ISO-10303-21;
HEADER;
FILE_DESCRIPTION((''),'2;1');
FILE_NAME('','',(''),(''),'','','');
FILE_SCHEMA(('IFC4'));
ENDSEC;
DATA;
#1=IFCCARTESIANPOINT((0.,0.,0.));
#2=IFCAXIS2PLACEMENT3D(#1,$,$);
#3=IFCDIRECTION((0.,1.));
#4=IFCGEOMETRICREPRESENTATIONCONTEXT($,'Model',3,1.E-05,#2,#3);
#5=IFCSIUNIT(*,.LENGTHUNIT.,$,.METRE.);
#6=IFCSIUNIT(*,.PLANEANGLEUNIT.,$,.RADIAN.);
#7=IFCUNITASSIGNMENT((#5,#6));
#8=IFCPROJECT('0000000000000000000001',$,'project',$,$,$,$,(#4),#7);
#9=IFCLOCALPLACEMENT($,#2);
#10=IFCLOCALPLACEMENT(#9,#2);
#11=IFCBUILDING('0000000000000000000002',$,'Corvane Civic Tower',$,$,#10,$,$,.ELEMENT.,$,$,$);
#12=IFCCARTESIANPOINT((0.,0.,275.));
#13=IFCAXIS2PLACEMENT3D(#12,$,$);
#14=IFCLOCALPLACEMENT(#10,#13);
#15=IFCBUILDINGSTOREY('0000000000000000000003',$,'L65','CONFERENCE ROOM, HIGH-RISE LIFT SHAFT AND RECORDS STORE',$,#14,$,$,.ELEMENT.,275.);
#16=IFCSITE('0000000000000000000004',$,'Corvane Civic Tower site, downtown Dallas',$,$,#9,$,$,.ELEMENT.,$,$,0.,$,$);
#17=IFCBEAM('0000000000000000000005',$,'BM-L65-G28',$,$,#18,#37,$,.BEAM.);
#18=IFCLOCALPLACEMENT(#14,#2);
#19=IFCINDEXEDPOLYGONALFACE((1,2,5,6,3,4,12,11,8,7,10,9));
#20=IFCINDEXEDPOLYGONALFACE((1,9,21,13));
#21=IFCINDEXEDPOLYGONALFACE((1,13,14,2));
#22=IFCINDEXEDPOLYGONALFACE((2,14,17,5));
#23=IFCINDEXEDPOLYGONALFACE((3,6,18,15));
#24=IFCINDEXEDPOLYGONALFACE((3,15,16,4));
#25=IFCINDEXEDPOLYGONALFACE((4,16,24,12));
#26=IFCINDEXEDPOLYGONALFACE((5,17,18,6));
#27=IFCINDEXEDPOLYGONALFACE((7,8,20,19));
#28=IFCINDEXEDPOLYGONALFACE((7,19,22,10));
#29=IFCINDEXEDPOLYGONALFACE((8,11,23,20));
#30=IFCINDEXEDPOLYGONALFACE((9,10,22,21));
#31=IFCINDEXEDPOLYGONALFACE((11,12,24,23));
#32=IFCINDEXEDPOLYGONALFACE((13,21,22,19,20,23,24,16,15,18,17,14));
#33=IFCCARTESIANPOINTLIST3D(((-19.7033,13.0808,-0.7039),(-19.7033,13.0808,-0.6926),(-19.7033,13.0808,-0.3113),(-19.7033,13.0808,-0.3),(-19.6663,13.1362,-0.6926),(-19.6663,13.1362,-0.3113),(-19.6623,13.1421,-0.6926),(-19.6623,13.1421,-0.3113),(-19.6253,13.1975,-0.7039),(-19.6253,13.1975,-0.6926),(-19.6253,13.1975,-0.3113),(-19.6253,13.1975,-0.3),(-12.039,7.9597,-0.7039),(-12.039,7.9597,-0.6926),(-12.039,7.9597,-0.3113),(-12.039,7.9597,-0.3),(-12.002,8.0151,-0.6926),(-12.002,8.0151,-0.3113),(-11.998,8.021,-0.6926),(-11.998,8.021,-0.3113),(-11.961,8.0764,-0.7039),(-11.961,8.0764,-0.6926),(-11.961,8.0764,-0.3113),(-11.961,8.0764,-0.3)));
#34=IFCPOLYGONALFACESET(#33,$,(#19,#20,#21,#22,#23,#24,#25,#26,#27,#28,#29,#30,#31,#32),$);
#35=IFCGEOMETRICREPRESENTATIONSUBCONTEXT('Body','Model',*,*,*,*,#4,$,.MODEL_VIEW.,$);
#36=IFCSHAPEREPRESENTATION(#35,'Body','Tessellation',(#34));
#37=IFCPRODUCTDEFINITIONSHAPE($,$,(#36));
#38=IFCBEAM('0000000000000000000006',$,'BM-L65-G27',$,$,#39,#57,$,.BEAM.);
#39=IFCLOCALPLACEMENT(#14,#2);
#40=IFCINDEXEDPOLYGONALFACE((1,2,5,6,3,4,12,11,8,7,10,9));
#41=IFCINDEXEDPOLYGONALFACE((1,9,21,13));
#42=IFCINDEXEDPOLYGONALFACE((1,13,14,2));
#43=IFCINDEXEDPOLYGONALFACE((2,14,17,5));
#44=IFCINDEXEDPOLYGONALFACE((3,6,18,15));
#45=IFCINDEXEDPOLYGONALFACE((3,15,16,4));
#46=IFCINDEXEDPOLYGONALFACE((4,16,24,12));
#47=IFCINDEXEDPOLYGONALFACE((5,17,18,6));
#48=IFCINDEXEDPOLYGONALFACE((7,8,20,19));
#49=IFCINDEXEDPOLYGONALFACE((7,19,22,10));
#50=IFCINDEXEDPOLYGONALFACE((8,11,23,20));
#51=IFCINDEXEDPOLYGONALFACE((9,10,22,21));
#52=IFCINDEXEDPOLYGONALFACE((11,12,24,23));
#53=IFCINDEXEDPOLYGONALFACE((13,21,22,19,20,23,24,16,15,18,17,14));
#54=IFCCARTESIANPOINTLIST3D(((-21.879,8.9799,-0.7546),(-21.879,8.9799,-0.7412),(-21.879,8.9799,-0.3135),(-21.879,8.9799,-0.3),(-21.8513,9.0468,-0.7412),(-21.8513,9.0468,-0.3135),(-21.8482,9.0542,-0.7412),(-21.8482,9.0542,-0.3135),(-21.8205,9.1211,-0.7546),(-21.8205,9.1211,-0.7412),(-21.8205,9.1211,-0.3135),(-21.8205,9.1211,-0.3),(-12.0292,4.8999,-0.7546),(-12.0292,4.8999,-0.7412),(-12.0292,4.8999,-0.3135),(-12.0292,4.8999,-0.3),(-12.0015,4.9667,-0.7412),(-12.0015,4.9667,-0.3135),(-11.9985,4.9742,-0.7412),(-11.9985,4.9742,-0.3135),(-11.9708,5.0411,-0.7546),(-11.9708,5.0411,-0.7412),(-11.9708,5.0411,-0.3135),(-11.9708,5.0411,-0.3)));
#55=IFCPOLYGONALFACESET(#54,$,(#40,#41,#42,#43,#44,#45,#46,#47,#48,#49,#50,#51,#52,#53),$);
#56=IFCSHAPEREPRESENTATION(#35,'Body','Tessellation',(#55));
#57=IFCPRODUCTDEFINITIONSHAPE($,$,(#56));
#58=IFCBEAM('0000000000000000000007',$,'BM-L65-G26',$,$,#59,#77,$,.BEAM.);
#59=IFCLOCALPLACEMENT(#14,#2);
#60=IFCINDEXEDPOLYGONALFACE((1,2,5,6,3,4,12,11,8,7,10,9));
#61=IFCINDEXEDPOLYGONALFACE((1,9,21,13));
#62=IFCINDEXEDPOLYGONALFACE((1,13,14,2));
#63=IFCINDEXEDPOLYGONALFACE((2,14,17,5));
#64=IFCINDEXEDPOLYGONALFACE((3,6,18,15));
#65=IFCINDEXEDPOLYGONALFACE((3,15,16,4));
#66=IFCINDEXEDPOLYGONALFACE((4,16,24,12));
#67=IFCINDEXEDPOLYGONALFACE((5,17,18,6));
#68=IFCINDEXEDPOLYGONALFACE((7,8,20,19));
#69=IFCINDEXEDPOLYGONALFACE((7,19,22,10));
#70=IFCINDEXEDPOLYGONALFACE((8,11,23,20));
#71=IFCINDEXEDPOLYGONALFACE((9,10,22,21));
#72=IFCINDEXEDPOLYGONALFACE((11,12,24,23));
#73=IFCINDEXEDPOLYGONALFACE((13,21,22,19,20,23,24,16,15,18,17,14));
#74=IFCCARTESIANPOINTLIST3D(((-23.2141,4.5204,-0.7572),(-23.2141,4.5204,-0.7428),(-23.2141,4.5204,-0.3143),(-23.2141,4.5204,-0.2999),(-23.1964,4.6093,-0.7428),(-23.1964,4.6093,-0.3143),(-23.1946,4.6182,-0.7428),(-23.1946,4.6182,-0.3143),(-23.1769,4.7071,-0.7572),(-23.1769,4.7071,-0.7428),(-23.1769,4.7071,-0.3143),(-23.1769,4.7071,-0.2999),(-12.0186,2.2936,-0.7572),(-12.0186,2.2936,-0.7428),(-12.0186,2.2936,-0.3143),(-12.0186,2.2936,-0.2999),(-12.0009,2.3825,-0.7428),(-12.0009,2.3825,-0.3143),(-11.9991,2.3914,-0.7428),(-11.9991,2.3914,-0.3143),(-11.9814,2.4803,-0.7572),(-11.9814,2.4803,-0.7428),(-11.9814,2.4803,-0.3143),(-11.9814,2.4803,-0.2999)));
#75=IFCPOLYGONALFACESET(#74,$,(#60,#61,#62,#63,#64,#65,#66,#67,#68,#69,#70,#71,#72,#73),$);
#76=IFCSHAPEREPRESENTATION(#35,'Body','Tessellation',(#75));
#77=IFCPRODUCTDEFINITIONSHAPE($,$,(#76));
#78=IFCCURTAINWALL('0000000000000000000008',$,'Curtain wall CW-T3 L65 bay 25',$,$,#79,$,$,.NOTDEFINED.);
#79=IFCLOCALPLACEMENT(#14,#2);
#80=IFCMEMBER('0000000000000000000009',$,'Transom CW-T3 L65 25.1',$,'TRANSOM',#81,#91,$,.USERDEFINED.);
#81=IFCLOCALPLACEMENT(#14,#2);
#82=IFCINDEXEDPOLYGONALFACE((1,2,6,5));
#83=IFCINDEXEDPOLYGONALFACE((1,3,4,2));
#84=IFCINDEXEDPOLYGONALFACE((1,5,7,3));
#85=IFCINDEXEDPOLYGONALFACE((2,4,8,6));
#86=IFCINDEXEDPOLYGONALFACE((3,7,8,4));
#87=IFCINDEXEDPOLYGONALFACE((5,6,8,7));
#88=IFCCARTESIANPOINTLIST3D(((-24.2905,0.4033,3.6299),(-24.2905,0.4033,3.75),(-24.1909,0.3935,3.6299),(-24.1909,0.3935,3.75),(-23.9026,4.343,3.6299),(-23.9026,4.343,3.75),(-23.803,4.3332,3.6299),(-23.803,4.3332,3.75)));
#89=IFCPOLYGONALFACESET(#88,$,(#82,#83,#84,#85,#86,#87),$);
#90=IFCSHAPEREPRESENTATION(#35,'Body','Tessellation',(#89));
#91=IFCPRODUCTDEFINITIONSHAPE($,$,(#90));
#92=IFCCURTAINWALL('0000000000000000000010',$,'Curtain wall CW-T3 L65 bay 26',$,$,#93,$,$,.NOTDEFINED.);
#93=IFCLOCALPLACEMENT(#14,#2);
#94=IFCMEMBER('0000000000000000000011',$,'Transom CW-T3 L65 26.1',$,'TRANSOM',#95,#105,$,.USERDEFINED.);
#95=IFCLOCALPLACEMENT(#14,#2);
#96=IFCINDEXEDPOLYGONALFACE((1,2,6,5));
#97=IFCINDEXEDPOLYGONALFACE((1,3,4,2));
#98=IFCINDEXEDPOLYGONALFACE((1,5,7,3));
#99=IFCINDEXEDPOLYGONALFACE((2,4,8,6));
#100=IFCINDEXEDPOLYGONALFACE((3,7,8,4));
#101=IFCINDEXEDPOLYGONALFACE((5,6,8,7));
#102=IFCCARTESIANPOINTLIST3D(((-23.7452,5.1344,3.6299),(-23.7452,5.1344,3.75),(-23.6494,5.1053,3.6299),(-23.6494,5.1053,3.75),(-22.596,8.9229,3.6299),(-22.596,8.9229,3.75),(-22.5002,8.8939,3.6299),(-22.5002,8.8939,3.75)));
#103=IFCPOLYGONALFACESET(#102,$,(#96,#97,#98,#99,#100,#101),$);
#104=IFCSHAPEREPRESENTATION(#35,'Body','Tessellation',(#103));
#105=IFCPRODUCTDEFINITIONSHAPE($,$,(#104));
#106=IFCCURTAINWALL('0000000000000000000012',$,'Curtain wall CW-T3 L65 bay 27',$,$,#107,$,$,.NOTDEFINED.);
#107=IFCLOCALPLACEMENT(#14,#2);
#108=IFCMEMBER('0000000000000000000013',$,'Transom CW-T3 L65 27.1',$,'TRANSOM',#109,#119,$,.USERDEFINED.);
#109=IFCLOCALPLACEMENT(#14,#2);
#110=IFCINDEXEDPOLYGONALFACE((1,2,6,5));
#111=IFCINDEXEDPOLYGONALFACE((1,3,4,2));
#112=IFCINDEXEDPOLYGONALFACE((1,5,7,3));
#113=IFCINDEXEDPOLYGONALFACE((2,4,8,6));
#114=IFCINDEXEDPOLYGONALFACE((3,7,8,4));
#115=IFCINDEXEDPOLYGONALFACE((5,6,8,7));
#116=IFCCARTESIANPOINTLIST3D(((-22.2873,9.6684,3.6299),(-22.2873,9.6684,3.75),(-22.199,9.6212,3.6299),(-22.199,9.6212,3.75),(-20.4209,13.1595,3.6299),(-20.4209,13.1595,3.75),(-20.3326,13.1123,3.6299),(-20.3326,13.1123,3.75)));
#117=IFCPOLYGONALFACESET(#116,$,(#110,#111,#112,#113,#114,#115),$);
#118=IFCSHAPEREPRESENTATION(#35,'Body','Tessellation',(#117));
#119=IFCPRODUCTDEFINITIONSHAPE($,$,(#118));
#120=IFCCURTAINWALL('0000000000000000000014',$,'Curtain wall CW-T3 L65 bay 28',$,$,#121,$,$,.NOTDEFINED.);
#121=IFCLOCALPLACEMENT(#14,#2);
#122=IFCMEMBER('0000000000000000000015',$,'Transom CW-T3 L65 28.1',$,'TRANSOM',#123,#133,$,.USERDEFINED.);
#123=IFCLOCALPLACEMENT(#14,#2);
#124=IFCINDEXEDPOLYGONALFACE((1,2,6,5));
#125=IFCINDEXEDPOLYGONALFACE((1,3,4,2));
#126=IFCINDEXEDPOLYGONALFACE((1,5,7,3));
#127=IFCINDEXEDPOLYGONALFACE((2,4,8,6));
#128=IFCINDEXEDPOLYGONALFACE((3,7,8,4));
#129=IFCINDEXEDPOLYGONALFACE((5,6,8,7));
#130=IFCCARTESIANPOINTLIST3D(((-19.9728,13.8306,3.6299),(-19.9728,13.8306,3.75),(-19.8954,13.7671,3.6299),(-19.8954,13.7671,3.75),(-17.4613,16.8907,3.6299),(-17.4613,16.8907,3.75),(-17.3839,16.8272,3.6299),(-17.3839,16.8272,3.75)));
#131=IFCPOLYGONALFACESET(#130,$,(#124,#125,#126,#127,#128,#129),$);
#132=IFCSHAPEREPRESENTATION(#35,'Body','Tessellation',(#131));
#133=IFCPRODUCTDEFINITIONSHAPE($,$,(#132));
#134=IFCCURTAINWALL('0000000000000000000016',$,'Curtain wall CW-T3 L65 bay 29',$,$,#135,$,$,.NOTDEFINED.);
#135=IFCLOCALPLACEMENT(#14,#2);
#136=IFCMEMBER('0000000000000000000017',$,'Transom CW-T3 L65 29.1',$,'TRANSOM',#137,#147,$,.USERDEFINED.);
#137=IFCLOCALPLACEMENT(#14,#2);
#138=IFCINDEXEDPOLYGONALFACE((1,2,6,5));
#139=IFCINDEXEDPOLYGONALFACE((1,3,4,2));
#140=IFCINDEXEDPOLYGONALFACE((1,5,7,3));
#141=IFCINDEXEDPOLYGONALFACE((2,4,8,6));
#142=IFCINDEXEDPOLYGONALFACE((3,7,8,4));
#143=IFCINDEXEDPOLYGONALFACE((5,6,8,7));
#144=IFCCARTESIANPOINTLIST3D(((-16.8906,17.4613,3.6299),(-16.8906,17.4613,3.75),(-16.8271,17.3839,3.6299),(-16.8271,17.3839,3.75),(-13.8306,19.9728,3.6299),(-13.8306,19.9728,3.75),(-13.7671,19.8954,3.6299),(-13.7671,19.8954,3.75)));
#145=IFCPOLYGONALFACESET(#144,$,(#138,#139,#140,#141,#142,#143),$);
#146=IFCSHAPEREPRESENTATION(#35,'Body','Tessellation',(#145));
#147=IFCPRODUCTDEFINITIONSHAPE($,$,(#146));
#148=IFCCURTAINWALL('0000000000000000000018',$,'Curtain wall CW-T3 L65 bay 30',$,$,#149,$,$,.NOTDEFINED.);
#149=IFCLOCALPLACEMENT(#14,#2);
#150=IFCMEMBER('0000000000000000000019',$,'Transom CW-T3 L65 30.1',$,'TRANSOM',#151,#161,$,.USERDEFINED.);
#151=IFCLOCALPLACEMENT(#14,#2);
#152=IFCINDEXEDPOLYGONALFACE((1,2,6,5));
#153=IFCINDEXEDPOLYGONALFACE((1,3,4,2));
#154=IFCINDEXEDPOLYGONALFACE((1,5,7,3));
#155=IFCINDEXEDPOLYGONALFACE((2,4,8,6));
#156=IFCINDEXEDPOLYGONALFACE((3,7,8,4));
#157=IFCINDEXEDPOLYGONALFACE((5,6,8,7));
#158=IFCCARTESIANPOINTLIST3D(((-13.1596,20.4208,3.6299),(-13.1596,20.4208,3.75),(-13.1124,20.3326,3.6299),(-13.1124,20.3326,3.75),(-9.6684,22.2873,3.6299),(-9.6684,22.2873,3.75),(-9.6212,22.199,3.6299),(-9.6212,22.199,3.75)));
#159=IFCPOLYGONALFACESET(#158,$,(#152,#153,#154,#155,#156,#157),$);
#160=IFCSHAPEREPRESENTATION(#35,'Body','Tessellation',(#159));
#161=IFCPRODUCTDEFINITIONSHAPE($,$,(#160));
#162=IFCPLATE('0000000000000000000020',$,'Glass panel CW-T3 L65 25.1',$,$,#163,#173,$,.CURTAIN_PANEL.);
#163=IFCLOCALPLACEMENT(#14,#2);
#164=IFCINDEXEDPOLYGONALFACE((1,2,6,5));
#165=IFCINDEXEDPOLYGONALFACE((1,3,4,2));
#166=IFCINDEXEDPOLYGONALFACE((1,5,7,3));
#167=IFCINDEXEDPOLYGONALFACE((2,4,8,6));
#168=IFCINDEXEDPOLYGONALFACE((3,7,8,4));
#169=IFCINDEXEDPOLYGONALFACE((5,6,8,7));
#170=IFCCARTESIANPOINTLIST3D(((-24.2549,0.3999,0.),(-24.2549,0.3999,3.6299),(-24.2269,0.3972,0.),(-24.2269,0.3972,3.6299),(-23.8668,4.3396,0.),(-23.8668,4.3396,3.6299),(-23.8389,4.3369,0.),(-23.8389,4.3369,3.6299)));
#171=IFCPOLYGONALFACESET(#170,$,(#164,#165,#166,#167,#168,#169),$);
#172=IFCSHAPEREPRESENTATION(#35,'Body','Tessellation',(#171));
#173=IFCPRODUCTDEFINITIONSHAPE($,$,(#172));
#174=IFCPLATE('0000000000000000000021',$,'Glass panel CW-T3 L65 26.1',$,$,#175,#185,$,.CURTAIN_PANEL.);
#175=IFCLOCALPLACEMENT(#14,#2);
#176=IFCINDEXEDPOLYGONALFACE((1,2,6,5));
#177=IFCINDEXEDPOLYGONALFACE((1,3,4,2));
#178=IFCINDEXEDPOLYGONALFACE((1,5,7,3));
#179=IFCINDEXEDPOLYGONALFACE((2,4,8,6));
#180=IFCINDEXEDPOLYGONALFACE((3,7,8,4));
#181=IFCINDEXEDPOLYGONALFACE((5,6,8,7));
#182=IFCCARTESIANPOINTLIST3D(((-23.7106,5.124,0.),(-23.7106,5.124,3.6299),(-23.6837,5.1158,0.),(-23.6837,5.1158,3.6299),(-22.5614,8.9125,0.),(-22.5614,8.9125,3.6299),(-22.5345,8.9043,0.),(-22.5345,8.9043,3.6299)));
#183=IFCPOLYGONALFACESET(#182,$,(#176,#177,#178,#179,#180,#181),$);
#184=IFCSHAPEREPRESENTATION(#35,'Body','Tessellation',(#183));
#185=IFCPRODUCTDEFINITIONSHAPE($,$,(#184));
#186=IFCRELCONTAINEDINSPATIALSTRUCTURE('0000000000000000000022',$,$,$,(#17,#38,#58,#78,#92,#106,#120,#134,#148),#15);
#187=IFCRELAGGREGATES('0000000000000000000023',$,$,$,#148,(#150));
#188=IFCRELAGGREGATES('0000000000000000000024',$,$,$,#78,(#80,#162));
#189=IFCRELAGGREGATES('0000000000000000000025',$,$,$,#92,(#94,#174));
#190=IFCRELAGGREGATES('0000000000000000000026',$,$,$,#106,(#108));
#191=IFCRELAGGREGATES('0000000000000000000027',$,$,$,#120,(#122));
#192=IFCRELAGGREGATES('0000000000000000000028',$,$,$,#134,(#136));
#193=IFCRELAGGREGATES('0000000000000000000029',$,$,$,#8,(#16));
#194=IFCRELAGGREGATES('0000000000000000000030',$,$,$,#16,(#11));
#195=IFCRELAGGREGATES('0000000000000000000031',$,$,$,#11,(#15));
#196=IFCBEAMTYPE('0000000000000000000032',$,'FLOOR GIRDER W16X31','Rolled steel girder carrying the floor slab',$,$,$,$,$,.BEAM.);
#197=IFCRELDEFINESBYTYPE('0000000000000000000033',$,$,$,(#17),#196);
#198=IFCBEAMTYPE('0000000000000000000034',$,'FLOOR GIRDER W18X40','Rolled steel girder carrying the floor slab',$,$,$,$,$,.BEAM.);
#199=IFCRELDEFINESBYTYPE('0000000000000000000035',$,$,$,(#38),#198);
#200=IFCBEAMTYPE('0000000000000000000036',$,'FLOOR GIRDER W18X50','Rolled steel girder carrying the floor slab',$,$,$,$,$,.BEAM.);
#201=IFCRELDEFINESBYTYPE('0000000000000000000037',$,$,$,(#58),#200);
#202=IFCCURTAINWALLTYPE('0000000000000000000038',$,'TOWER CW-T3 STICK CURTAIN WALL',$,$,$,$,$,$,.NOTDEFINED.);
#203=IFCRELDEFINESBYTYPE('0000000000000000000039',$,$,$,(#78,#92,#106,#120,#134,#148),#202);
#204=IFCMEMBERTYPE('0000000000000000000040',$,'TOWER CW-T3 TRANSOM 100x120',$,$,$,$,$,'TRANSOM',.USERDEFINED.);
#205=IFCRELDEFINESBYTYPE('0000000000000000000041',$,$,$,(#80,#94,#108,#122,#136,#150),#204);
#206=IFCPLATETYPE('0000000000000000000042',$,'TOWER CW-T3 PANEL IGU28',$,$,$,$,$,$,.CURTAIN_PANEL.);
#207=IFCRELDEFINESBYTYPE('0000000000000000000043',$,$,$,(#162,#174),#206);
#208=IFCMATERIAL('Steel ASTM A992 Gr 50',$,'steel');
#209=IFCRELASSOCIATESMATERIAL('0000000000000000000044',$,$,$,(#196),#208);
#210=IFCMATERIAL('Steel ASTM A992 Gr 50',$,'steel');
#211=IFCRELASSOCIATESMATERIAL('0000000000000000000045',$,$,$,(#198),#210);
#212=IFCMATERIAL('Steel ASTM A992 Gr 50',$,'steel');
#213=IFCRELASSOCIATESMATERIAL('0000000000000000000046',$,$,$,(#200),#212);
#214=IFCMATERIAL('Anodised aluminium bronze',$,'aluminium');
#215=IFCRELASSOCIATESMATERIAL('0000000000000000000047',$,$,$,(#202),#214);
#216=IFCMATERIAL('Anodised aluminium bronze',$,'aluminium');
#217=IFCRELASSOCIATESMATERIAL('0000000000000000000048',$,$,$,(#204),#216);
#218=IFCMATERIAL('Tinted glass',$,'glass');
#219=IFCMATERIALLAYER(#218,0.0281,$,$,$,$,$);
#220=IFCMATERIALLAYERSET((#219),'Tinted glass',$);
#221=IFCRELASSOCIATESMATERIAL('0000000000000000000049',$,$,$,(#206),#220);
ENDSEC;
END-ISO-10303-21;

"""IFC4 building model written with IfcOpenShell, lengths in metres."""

from ifc_helpers import new_model, si_unit, direction, frame, origin, origin_2d, place, context, subcontext, project, spatial, rectangle, i_section, extrude, material, layer, layer_set, material_profile, profile_set, type_object, element, aggregate, save


model = new_model("IFC4")

# Units and contexts
model_context = context("Model", 3, precision=1e-05, world=origin(), true_north=direction((0.0, 1.0)))
body_context = subcontext(model_context, "Body", "Model", "MODEL_VIEW")
ifc_project = project(units=[si_unit("LENGTHUNIT", "METRE"), si_unit("PLANEANGLEUNIT", "RADIAN")], contexts=[model_context])

# Site, building, storey
site_placement = place(None, origin())
site = spatial("IfcSite", under=ifc_project, at=site_placement, Name="Corvane Civic Tower site, downtown Dallas", CompositionType="ELEMENT", RefElevation=0.0)
building_placement = place(site_placement, origin())
building = spatial("IfcBuilding", under=site, at=building_placement, Name="Corvane Civic Tower", CompositionType="ELEMENT")
storey_placement = place(building_placement, frame((0.0, 0.0, 275.0)))
storey = spatial("IfcBuildingStorey", under=building, at=storey_placement, Name="L65", Description="CONFERENCE ROOM, HIGH-RISE LIFT SHAFT AND RECORDS STORE", CompositionType="ELEMENT", Elevation=275.0)

# Beams
ifc_material_1 = material(Name="Steel ASTM A992 Gr 50", Category="steel")
ifc_material_profile_1 = material_profile(ifc_material_1, i_section(OverallWidth=0.1404, OverallDepth=0.4038, WebThickness=0.0071, FlangeThickness=0.0112, at=origin_2d()), Name="W16X31")
ifc_profile_set_1 = profile_set([ifc_material_profile_1], Name="Steel ASTM A992 Gr 50")
beam_type_1 = type_object("IfcBeamType", Name="FLOOR GIRDER W16X31", Description="Rolled steel girder carrying the floor slab", PredefinedType="BEAM", material=ifc_profile_set_1)
beam_1_placement = place(storey_placement, frame((-12.0, 8.0181, -0.502), z_axis=(-0.831471, 0.555568, 0.0), x_axis=(-0.555568, -0.831471, 0.0)))
element("IfcBeam", 1, at=beam_1_placement, inside=storey, type_object=beam_type_1, Name="BM-L65-G28", PredefinedType="BEAM", context=body_context, shape_type="SweptSolid", body=[
    extrude(i_section(OverallWidth=0.1404, OverallDepth=0.4038, WebThickness=0.0071, FlangeThickness=0.0112, at=origin_2d()), origin(), (0.0, 0.0, 1.0), 9.2178),
])
ifc_material_2 = material(Name="Steel ASTM A992 Gr 50", Category="steel")
ifc_material_profile_2 = material_profile(ifc_material_2, i_section(OverallWidth=0.1528, OverallDepth=0.4546, WebThickness=0.0081, FlangeThickness=0.0134, at=origin_2d()), Name="W18X40")
ifc_profile_set_2 = profile_set([ifc_material_profile_2], Name="Steel ASTM A992 Gr 50")
beam_type_2 = type_object("IfcBeamType", Name="FLOOR GIRDER W18X40", Description="Rolled steel girder carrying the floor slab", PredefinedType="BEAM", material=ifc_profile_set_2)
beam_2_placement = place(storey_placement, frame((-12.0, 4.9705, -0.5273), z_axis=(-0.923875, 0.382694, 0.0), x_axis=(-0.382694, -0.923875, 0.0)))
element("IfcBeam", 2, at=beam_2_placement, inside=storey, type_object=beam_type_2, Name="BM-L65-G27", PredefinedType="BEAM", context=body_context, shape_type="SweptSolid", body=[
    extrude(i_section(OverallWidth=0.1528, OverallDepth=0.4546, WebThickness=0.0081, FlangeThickness=0.0134, at=origin_2d()), origin(), (0.0, 0.0, 1.0), 10.6614),
])
ifc_material_3 = material(Name="Steel ASTM A992 Gr 50", Category="steel")
ifc_material_profile_3 = material_profile(ifc_material_3, i_section(OverallWidth=0.1904, OverallDepth=0.4573, WebThickness=0.009, FlangeThickness=0.0144, at=origin_2d()), Name="W18X50")
ifc_profile_set_3 = profile_set([ifc_material_profile_3], Name="Steel ASTM A992 Gr 50")
beam_type_3 = type_object("IfcBeamType", Name="FLOOR GIRDER W18X50", Description="Rolled steel girder carrying the floor slab", PredefinedType="BEAM", material=ifc_profile_set_3)
beam_3_placement = place(storey_placement, frame((-12.0, 2.387, -0.5286), z_axis=(-0.980787, 0.19508, 0.0), x_axis=(-0.19508, -0.980787, 0.0)))
element("IfcBeam", 3, at=beam_3_placement, inside=storey, type_object=beam_type_3, Name="BM-L65-G26", PredefinedType="BEAM", context=body_context, shape_type="SweptSolid", body=[
    extrude(i_section(OverallWidth=0.1904, OverallDepth=0.4573, WebThickness=0.009, FlangeThickness=0.0144, at=origin_2d()), origin(), (0.0, 0.0, 1.0), 11.4148),
])

# Curtain walls, members
ifc_material_4 = material(Name="Anodised aluminium bronze", Category="aluminium")
curtain_wall_type = type_object("IfcCurtainWallType", Name="TOWER CW-T3 STICK CURTAIN WALL", PredefinedType="NOTDEFINED", material=ifc_material_4)
curtain_wall_1_placement = place(storey_placement, origin())
curtain_wall_1 = element("IfcCurtainWall", 4, at=curtain_wall_1_placement, inside=storey, type_object=curtain_wall_type, Name="Curtain wall CW-T3 L65 bay 25", PredefinedType="NOTDEFINED")
ifc_material_5 = material(Name="Anodised aluminium bronze", Category="aluminium")
ifc_material_profile_4 = material_profile(ifc_material_5, rectangle(XDim=0.1001, YDim=0.1201, at=origin_2d()), Name="TOWER CW-T3 TRANSOM 100x120")
ifc_profile_set_4 = profile_set([ifc_material_profile_4], Name="Anodised aluminium bronze")
member_type = type_object("IfcMemberType", Name="TOWER CW-T3 TRANSOM 100x120", ElementType="TRANSOM", PredefinedType="USERDEFINED", material=ifc_profile_set_4)
member_1_placement = place(storey_placement, frame((-24.2407, 0.3984, 3.6899), z_axis=(0.097995, 0.995187, 0.0), x_axis=(-0.995187, 0.097995, 0.0)))
member_1 = element("IfcMember", 5, at=member_1_placement, type_object=member_type, Name="Transom CW-T3 L65 25.1", ObjectType="TRANSOM", PredefinedType="USERDEFINED", context=body_context, shape_type="SweptSolid", body=[
    extrude(rectangle(XDim=0.1001, YDim=0.1201, at=origin_2d()), origin(), (0.0, 0.0, 1.0), 3.9587),
])
curtain_wall_2_placement = place(storey_placement, origin())
curtain_wall_2 = element("IfcCurtainWall", 6, at=curtain_wall_2_placement, inside=storey, type_object=curtain_wall_type, Name="Curtain wall CW-T3 L65 bay 26", PredefinedType="NOTDEFINED")
member_2_placement = place(storey_placement, frame((-23.6973, 5.1199, 3.6899), z_axis=(0.290266, 0.956946, 0.0), x_axis=(-0.956946, 0.290266, 0.0)))
member_2 = element("IfcMember", 7, at=member_2_placement, type_object=member_type, Name="Transom CW-T3 L65 26.1", ObjectType="TRANSOM", PredefinedType="USERDEFINED", context=body_context, shape_type="SweptSolid", body=[
    extrude(rectangle(XDim=0.1001, YDim=0.1201, at=origin_2d()), origin(), (0.0, 0.0, 1.0), 3.959),
])
curtain_wall_3_placement = place(storey_placement, origin())
curtain_wall_3 = element("IfcCurtainWall", 8, at=curtain_wall_3_placement, inside=storey, type_object=curtain_wall_type, Name="Curtain wall CW-T3 L65 bay 27", PredefinedType="NOTDEFINED")
member_3_placement = place(storey_placement, frame((-22.2432, 9.6448, 3.6899), z_axis=(0.471468, 0.881883, 0.0), x_axis=(-0.881883, 0.471468, 0.0)))
member_3 = element("IfcMember", 9, at=member_3_placement, type_object=member_type, Name="Transom CW-T3 L65 27.1", ObjectType="TRANSOM", PredefinedType="USERDEFINED", context=body_context, shape_type="SweptSolid", body=[
    extrude(rectangle(XDim=0.1001, YDim=0.1201, at=origin_2d()), origin(), (0.0, 0.0, 1.0), 3.9587),
])
curtain_wall_4_placement = place(storey_placement, origin())
curtain_wall_4 = element("IfcCurtainWall", 10, at=curtain_wall_4_placement, inside=storey, type_object=curtain_wall_type, Name="Curtain wall CW-T3 L65 bay 28", PredefinedType="NOTDEFINED")
member_4_placement = place(storey_placement, frame((-19.9341, 13.7988, 3.6899), z_axis=(0.634416, 0.772992, 0.0), x_axis=(-0.772992, 0.634416, 0.0)))
member_4 = element("IfcMember", 11, at=member_4_placement, type_object=member_type, Name="Transom CW-T3 L65 28.1", ObjectType="TRANSOM", PredefinedType="USERDEFINED", context=body_context, shape_type="SweptSolid", body=[
    extrude(rectangle(XDim=0.1001, YDim=0.1201, at=origin_2d()), origin(), (0.0, 0.0, 1.0), 3.9587),
])
curtain_wall_5_placement = place(storey_placement, origin())
curtain_wall_5 = element("IfcCurtainWall", 12, at=curtain_wall_5_placement, inside=storey, type_object=curtain_wall_type, Name="Curtain wall CW-T3 L65 bay 29", PredefinedType="NOTDEFINED")
member_5_placement = place(storey_placement, frame((-16.8589, 17.4226, 3.6899), z_axis=(0.772992, 0.634416, 0.0), x_axis=(-0.634416, 0.772992, 0.0)))
member_5 = element("IfcMember", 13, at=member_5_placement, type_object=member_type, Name="Transom CW-T3 L65 29.1", ObjectType="TRANSOM", PredefinedType="USERDEFINED", context=body_context, shape_type="SweptSolid", body=[
    extrude(rectangle(XDim=0.1001, YDim=0.1201, at=origin_2d()), origin(), (0.0, 0.0, 1.0), 3.9587),
])
curtain_wall_6_placement = place(storey_placement, origin())
curtain_wall_6 = element("IfcCurtainWall", 14, at=curtain_wall_6_placement, inside=storey, type_object=curtain_wall_type, Name="Curtain wall CW-T3 L65 bay 30", PredefinedType="NOTDEFINED")
member_6_placement = place(storey_placement, frame((-13.136, 20.3767, 3.6899), z_axis=(0.881883, 0.471468, 0.0), x_axis=(-0.471468, 0.881883, 0.0)))
member_6 = element("IfcMember", 15, at=member_6_placement, type_object=member_type, Name="Transom CW-T3 L65 30.1", ObjectType="TRANSOM", PredefinedType="USERDEFINED", context=body_context, shape_type="SweptSolid", body=[
    extrude(rectangle(XDim=0.1001, YDim=0.1201, at=origin_2d()), origin(), (0.0, 0.0, 1.0), 3.9587),
])
aggregate(curtain_wall_6, [member_6])

# Plates
ifc_material_6 = material(Name="Tinted glass", Category="glass")
ifc_layer_1 = layer(ifc_material_6, 0.0281)
ifc_layer_set_1 = layer_set([ifc_layer_1], Name="Tinted glass")
plate_type = type_object("IfcPlateType", Name="TOWER CW-T3 PANEL IGU28", PredefinedType="CURTAIN_PANEL", material=ifc_layer_set_1)
plate_1_placement = place(storey_placement, frame((-24.0469, 2.3684, 0.0), z_axis=(0.0, 0.0, 1.0), x_axis=(0.098021, 0.995184, 0.0)))
plate_1 = element("IfcPlate", 16, at=plate_1_placement, type_object=plate_type, Name="Glass panel CW-T3 L65 25.1", PredefinedType="CURTAIN_PANEL", context=body_context, shape_type="SweptSolid", body=[
    extrude(rectangle(XDim=3.9587, YDim=0.0281, at=origin_2d()), origin(), (0.0, 0.0, 1.0), 3.6299),
])
aggregate(curtain_wall_1, [member_1, plate_1])
plate_2_placement = place(storey_placement, frame((-23.1226, 7.0142, 0.0), z_axis=(0.0, 0.0, 1.0), x_axis=(0.290274, 0.956944, 0.0)))
plate_2 = element("IfcPlate", 17, at=plate_2_placement, type_object=plate_type, Name="Glass panel CW-T3 L65 26.1", PredefinedType="CURTAIN_PANEL", context=body_context, shape_type="SweptSolid", body=[
    extrude(rectangle(XDim=3.959, YDim=0.0281, at=origin_2d()), origin(), (0.0, 0.0, 1.0), 3.6299),
])
aggregate(curtain_wall_2, [member_2, plate_2])
aggregate(curtain_wall_3, [member_3])
aggregate(curtain_wall_4, [member_4])
aggregate(curtain_wall_5, [member_5])

save(model, "model.ifc")
